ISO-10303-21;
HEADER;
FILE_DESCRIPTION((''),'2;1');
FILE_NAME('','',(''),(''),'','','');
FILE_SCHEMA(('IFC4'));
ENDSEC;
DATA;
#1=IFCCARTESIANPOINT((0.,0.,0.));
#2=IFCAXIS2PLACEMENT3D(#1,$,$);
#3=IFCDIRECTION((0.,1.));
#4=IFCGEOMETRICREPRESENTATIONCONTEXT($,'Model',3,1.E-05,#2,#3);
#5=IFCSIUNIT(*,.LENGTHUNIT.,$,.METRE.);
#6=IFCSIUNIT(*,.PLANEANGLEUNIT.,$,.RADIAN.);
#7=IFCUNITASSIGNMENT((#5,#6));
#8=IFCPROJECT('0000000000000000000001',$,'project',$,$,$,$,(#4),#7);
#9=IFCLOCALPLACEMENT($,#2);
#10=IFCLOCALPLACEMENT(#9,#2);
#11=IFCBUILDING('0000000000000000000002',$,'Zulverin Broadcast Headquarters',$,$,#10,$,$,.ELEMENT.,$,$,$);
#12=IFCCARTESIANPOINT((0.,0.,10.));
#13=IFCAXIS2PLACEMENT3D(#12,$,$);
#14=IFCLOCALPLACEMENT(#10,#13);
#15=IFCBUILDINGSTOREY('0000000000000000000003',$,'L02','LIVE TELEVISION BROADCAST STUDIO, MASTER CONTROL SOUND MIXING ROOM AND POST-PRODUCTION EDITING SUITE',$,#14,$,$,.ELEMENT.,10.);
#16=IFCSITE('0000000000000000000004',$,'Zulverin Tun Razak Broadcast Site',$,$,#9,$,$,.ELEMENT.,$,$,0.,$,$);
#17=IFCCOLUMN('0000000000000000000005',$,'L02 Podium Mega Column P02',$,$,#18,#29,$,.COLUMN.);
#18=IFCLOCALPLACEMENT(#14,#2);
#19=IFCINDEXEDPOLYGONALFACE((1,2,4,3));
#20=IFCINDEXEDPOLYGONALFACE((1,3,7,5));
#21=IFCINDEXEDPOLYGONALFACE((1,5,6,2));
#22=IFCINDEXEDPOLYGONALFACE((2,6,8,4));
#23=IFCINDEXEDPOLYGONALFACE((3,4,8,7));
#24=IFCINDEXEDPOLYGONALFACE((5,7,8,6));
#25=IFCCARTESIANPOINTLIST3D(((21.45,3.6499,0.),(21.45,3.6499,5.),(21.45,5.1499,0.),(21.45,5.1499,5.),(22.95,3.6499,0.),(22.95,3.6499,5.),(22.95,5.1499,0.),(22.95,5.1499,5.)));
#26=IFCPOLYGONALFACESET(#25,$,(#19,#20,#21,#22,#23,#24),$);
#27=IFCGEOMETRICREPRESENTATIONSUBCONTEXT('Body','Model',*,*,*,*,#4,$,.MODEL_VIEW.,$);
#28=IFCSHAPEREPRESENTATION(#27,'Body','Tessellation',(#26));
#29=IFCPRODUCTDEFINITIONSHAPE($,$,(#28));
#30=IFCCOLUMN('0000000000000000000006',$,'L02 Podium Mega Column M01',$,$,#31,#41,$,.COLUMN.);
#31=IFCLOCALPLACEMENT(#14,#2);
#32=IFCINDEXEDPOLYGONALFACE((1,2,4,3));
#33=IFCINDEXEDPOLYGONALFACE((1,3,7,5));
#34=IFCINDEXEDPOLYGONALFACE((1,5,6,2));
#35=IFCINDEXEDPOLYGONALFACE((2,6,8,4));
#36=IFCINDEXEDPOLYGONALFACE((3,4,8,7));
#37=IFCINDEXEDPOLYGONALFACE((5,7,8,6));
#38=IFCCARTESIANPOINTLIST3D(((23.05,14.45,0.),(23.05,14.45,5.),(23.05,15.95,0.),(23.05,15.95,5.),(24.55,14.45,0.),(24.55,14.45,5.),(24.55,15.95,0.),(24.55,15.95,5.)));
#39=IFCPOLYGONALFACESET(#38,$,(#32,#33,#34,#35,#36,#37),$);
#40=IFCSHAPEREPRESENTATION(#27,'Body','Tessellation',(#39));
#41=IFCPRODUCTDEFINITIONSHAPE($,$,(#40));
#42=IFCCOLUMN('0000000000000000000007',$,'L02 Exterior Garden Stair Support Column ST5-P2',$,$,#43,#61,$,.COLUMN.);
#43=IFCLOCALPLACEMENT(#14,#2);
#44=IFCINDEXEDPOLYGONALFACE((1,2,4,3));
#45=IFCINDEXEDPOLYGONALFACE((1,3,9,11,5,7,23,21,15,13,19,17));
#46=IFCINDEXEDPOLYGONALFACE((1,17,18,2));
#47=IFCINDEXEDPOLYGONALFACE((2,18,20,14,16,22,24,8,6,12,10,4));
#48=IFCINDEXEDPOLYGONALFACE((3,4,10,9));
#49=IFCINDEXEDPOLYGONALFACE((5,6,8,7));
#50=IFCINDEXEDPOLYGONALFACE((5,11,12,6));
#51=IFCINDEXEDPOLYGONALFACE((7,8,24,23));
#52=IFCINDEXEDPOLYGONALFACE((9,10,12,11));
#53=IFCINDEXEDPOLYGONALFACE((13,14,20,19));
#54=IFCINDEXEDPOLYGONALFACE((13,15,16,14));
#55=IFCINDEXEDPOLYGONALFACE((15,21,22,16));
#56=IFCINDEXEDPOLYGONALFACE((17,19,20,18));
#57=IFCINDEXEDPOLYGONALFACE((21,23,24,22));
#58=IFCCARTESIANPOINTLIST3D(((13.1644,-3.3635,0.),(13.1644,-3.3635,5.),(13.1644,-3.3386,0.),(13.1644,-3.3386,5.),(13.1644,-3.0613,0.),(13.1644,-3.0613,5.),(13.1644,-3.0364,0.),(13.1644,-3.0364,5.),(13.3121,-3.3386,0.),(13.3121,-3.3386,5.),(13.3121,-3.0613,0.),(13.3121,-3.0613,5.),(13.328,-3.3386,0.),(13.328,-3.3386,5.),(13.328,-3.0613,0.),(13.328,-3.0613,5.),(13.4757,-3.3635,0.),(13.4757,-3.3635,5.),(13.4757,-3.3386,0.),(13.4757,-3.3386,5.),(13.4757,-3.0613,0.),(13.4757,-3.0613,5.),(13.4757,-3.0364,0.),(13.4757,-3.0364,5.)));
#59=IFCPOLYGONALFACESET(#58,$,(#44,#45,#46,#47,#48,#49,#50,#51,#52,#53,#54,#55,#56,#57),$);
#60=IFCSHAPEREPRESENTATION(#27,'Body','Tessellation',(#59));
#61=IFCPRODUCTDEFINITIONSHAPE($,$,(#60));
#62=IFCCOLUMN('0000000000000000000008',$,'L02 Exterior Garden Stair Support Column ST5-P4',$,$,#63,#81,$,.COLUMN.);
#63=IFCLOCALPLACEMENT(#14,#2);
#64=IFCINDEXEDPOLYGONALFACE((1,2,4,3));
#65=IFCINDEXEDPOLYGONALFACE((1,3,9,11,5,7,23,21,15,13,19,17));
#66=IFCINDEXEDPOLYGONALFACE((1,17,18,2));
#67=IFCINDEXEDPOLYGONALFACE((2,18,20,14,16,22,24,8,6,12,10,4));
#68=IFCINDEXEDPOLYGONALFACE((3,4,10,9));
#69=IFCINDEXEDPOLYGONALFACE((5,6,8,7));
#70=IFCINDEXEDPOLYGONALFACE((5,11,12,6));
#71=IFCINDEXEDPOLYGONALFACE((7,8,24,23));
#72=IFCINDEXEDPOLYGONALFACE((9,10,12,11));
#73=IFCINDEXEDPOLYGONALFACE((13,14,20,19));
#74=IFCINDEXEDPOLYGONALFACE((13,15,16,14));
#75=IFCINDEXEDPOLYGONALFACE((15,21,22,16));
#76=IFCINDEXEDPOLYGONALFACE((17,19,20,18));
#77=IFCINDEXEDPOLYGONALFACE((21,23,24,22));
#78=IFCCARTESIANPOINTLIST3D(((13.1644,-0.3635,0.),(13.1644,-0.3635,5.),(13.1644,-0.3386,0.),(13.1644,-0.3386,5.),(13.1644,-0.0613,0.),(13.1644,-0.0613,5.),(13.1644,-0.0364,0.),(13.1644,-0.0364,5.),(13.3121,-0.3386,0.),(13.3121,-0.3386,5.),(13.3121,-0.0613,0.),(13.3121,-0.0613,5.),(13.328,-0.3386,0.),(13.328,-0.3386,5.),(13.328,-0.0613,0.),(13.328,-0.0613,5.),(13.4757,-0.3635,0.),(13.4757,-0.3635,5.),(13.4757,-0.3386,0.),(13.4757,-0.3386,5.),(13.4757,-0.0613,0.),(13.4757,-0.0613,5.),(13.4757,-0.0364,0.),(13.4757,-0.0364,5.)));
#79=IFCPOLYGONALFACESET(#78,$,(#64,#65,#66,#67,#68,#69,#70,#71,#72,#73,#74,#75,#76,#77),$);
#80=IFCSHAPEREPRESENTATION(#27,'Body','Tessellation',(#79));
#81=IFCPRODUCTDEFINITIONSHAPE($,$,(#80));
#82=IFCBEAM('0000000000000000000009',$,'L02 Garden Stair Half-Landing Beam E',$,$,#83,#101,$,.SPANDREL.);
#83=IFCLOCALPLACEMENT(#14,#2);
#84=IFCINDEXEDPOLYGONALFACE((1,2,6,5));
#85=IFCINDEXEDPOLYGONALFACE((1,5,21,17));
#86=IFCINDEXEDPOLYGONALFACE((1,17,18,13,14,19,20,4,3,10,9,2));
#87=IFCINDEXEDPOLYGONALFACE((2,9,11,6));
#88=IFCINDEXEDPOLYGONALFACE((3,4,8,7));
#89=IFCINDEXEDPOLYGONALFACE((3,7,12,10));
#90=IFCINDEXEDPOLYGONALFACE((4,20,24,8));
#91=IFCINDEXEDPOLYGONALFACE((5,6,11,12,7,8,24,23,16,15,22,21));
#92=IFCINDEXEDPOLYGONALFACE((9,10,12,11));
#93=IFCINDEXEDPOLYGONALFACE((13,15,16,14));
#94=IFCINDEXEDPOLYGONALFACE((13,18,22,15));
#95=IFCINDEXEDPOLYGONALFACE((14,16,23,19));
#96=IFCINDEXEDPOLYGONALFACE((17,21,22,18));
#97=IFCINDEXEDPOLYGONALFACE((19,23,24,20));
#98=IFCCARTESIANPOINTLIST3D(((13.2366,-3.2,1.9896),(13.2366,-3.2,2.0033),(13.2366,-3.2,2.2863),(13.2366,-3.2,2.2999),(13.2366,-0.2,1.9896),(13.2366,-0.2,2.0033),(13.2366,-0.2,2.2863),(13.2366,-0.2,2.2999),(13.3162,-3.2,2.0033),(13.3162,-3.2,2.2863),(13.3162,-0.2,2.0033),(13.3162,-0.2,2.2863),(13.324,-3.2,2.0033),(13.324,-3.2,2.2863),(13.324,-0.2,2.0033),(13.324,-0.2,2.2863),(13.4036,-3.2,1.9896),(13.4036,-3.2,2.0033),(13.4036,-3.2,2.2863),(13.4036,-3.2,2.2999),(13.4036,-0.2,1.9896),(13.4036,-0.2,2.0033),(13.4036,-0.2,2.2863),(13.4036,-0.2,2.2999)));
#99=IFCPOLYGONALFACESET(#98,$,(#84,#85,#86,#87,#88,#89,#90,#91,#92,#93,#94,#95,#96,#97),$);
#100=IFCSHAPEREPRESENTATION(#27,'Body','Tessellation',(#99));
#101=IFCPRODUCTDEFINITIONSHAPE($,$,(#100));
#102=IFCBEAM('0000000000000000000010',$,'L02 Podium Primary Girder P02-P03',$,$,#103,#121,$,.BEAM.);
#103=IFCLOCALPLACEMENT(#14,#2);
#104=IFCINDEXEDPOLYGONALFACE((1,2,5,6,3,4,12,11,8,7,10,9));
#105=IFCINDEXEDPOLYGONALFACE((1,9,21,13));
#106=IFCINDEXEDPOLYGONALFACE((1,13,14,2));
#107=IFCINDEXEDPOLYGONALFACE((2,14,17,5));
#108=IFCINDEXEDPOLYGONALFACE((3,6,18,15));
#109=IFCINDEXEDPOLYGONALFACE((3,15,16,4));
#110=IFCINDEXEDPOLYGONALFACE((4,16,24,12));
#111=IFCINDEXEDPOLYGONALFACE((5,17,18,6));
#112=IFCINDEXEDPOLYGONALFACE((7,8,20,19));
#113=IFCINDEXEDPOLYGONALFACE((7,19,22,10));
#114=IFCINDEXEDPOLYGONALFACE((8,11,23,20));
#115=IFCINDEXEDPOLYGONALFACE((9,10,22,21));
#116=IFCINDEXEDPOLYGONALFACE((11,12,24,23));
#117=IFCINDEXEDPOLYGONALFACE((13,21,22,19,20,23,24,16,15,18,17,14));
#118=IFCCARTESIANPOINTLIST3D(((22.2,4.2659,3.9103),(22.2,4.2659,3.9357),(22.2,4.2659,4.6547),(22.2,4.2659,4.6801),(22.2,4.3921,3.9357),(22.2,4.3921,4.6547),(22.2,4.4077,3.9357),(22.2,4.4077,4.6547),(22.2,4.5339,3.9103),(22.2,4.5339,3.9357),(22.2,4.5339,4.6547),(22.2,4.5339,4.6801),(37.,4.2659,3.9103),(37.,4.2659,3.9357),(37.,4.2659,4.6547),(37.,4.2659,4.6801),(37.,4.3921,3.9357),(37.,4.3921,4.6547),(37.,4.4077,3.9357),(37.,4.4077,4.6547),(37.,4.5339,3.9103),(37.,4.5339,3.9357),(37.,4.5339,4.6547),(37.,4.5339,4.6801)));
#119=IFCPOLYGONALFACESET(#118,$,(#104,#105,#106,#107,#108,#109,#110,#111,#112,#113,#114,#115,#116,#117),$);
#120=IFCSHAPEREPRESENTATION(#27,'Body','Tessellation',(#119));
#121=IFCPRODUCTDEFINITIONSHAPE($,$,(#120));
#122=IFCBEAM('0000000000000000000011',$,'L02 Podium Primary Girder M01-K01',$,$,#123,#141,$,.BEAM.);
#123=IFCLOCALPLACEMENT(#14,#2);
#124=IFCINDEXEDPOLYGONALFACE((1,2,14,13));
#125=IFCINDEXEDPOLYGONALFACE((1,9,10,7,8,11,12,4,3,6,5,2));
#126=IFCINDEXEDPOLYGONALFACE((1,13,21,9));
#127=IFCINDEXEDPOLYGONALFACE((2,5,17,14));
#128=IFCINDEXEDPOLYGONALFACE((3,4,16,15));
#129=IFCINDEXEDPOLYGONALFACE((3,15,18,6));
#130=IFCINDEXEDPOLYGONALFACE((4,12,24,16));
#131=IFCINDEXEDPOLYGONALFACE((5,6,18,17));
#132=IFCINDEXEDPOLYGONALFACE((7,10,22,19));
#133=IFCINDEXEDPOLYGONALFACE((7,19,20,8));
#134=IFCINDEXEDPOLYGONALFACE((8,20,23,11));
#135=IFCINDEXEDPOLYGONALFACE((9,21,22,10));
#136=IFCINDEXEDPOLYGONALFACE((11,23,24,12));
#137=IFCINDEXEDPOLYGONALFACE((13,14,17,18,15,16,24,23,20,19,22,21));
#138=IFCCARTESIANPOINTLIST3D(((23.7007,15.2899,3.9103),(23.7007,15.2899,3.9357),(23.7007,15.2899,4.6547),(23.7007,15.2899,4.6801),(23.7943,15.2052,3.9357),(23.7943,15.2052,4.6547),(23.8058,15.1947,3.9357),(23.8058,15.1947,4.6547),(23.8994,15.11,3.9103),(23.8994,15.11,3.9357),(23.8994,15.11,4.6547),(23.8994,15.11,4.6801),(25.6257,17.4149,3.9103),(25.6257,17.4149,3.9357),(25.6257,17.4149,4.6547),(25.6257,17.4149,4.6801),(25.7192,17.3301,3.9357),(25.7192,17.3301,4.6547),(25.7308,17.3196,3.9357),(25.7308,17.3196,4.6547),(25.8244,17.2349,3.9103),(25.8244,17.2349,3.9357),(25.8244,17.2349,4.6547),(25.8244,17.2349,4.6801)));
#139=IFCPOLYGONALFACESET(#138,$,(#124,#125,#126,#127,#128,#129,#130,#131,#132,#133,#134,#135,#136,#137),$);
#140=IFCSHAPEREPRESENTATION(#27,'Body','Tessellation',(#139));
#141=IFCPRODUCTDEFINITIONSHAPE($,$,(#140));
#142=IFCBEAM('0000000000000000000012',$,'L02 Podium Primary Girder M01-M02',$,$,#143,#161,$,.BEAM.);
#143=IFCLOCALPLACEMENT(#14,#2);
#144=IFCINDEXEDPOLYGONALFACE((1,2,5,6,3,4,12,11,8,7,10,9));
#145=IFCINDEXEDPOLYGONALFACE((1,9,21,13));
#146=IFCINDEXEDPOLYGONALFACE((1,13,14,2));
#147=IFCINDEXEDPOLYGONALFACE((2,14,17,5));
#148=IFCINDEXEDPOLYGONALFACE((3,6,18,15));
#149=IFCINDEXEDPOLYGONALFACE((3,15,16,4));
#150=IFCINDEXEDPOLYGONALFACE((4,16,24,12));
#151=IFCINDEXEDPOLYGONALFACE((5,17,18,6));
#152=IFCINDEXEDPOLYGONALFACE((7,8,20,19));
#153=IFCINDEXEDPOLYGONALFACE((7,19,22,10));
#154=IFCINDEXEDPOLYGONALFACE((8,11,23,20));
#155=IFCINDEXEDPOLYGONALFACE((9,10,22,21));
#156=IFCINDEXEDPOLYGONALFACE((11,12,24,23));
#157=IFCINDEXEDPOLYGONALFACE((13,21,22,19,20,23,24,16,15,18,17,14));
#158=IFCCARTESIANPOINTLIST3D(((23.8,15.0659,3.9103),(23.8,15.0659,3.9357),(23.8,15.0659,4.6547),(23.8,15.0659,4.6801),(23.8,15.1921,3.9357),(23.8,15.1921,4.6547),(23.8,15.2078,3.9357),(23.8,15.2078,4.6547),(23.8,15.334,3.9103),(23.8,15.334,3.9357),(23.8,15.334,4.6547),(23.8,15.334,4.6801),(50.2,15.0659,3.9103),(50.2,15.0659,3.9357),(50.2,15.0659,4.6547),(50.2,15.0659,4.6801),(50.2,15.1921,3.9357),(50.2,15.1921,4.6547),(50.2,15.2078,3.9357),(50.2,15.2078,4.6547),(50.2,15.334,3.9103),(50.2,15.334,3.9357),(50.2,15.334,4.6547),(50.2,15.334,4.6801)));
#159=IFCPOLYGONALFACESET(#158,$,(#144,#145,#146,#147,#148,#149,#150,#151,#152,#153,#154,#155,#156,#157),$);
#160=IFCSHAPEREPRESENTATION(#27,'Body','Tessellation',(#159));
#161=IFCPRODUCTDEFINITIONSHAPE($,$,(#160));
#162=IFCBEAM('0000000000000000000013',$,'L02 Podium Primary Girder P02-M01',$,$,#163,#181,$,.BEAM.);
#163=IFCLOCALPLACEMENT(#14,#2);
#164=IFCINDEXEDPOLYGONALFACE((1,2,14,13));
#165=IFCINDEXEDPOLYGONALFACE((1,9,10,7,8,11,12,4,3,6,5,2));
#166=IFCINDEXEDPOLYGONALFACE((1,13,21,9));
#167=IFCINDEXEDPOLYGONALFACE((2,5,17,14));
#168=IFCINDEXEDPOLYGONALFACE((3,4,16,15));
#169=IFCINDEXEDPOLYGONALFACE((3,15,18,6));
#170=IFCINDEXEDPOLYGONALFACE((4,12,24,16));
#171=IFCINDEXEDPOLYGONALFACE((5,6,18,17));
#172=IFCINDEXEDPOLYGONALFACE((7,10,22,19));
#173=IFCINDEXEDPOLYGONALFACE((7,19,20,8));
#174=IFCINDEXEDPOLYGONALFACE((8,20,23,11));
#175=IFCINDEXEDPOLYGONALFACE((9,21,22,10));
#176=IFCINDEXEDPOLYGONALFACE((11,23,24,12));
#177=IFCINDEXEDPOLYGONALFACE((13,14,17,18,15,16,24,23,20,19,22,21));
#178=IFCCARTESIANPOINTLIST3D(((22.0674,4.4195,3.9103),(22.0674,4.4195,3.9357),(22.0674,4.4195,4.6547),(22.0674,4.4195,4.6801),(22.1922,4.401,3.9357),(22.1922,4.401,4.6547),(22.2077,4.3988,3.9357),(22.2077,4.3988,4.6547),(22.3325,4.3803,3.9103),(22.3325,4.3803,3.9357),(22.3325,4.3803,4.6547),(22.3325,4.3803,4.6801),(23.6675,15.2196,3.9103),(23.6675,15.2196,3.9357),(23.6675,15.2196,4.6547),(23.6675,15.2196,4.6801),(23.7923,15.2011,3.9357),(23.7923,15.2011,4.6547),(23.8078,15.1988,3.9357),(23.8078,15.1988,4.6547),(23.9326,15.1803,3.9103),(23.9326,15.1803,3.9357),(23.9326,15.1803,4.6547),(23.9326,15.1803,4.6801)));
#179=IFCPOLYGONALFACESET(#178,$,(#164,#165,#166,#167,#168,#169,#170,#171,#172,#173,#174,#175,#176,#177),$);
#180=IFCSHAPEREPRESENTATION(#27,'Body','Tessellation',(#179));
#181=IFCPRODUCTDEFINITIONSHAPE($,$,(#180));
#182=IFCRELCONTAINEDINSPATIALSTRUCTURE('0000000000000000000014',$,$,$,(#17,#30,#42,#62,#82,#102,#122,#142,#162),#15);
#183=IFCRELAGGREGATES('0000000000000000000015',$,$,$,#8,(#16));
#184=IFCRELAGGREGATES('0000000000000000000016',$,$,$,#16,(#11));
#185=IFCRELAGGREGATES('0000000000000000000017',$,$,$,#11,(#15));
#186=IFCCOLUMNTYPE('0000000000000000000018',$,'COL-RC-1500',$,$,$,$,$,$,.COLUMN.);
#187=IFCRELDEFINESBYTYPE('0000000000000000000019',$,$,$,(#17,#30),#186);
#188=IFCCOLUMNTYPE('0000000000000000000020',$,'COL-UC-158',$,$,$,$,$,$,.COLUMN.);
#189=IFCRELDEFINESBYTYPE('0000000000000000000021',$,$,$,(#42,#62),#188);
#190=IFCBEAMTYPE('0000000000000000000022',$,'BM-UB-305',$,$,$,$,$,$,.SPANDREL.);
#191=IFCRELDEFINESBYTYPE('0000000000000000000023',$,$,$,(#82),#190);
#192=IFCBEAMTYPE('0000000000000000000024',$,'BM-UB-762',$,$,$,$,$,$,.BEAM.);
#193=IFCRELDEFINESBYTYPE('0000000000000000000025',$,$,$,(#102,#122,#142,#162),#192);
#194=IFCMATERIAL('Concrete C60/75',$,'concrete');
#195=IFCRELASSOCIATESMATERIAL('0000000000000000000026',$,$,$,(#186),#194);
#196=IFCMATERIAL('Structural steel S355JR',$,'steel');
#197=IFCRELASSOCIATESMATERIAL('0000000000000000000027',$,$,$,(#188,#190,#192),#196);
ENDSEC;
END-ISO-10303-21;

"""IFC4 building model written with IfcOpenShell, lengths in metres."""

from ifc_helpers import new_model, si_unit, direction, frame, origin, origin_2d, place, context, subcontext, project, spatial, rectangle, i_section, extrude, material, material_profile, profile_set, type_object, element, save


model = new_model("IFC4")

# Units and contexts
model_context = context("Model", 3, precision=1e-05, world=origin(), true_north=direction((0.0, 1.0)))
body_context = subcontext(model_context, "Body", "Model", "MODEL_VIEW")
ifc_project = project(units=[si_unit("LENGTHUNIT", "METRE"), si_unit("PLANEANGLEUNIT", "RADIAN")], contexts=[model_context])

# Site, building, storey
site_placement = place(None, origin())
site = spatial("IfcSite", under=ifc_project, at=site_placement, Name="Zulverin Tun Razak Broadcast Site", CompositionType="ELEMENT", RefElevation=0.0)
building_placement = place(site_placement, origin())
building = spatial("IfcBuilding", under=site, at=building_placement, Name="Zulverin Broadcast Headquarters", CompositionType="ELEMENT")
storey_placement = place(building_placement, frame((0.0, 0.0, 10.0)))
storey = spatial("IfcBuildingStorey", under=building, at=storey_placement, Name="L02", Description="LIVE TELEVISION BROADCAST STUDIO, MASTER CONTROL SOUND MIXING ROOM AND POST-PRODUCTION EDITING SUITE", CompositionType="ELEMENT", Elevation=10.0)

# Columns
ifc_material_1 = material(Name="Concrete C60/75", Category="concrete")
ifc_material_profile_1 = material_profile(ifc_material_1, rectangle(XDim=1.5, YDim=1.5, at=origin_2d()), Name="Concrete C60/75", Category="concrete")
ifc_profile_set_1 = profile_set([ifc_material_profile_1], Name="Concrete C60/75")
column_type_1 = type_object("IfcColumnType", Name="COL-RC-1500", PredefinedType="COLUMN", material=ifc_profile_set_1)
for number, where, z_axis, x_axis, name in (
    (1, (22.2, 4.3999, 0.0), (0.0, 0.0, 1.0), (1.0, 0.0, 0.0), "L02 Podium Mega Column P02"),
    (2, (23.8, 15.2, 0.0), (0.0, 0.0, 1.0), (1.0, 0.0, 0.0), "L02 Podium Mega Column M01"),
):
    element("IfcColumn", number, at=place(storey_placement, frame(where, z_axis=z_axis, x_axis=x_axis)), inside=storey, type_object=column_type_1, Name=name, PredefinedType="COLUMN", context=body_context, shape_type="SweptSolid", body=[
        extrude(rectangle(XDim=1.5, YDim=1.5, at=origin_2d()), origin(), (0.0, 0.0, 1.0), 5.0),
    ])
ifc_material_2 = material(Name="Structural steel S355JR", Category="steel")
ifc_material_profile_2 = material_profile(ifc_material_2, i_section(OverallWidth=0.3113, OverallDepth=0.3271, WebThickness=0.0159, FlangeThickness=0.0249, at=origin_2d()), Name="Structural steel S355JR", Category="steel")
ifc_profile_set_2 = profile_set([ifc_material_profile_2], Name="Structural steel S355JR")
column_type_2 = type_object("IfcColumnType", Name="COL-UC-158", PredefinedType="COLUMN", material=ifc_profile_set_2)
for number, where, z_axis, x_axis, name in (
    (3, (13.3201, -3.2, 0.0), (0.0, 0.0, 1.0), (1.0, 0.0, 0.0), "L02 Exterior Garden Stair Support Column ST5-P2"),
    (4, (13.3201, -0.2, 0.0), (0.0, 0.0, 1.0), (1.0, 0.0, 0.0), "L02 Exterior Garden Stair Support Column ST5-P4"),
):
    element("IfcColumn", number, at=place(storey_placement, frame(where, z_axis=z_axis, x_axis=x_axis)), inside=storey, type_object=column_type_2, Name=name, PredefinedType="COLUMN", context=body_context, shape_type="SweptSolid", body=[
        extrude(i_section(OverallWidth=0.3113, OverallDepth=0.3271, WebThickness=0.0159, FlangeThickness=0.0249, at=origin_2d()), origin(), (0.0, 0.0, 1.0), 5.0),
    ])

# Beams
ifc_material_profile_3 = material_profile(ifc_material_2, i_section(OverallWidth=0.167, OverallDepth=0.3103, WebThickness=0.0078, FlangeThickness=0.0137, at=origin_2d()), Name="Structural steel S355JR", Category="steel")
ifc_profile_set_3 = profile_set([ifc_material_profile_3], Name="Structural steel S355JR")
beam_type_1 = type_object("IfcBeamType", Name="BM-UB-305", PredefinedType="SPANDREL", material=ifc_profile_set_3)
beam_1_placement = place(storey_placement, frame((13.3201, -3.2, 2.1448), z_axis=(0.0, 1.0, 0.0), x_axis=(-1.0, 0.0, 0.0)))
element("IfcBeam", 5, at=beam_1_placement, inside=storey, type_object=beam_type_1, Name="L02 Garden Stair Half-Landing Beam E", PredefinedType="SPANDREL", context=body_context, shape_type="SweptSolid", body=[
    extrude(i_section(OverallWidth=0.167, OverallDepth=0.3103, WebThickness=0.0078, FlangeThickness=0.0137, at=origin_2d()), origin(), (0.0, 0.0, 1.0), 3.0),
])
ifc_material_profile_4 = material_profile(ifc_material_2, i_section(OverallWidth=0.2681, OverallDepth=0.7698, WebThickness=0.0156, FlangeThickness=0.0254, at=origin_2d()), Name="Structural steel S355JR", Category="steel")
ifc_profile_set_4 = profile_set([ifc_material_profile_4], Name="Structural steel S355JR")
beam_type_2 = type_object("IfcBeamType", Name="BM-UB-762", PredefinedType="BEAM", material=ifc_profile_set_4)
beam_2_placement = place(storey_placement, frame((22.2, 4.3999, 4.2952), z_axis=(1.0, 0.0, 0.0), x_axis=(0.0, 1.0, 0.0)))
element("IfcBeam", 6, at=beam_2_placement, inside=storey, type_object=beam_type_2, Name="L02 Podium Primary Girder P02-P03", PredefinedType="BEAM", context=body_context, shape_type="SweptSolid", body=[
    extrude(i_section(OverallWidth=0.2681, OverallDepth=0.7698, WebThickness=0.0156, FlangeThickness=0.0254, at=origin_2d()), origin(), (0.0, 0.0, 1.0), 14.8),
])
beam_3_placement = place(storey_placement, frame((23.8, 15.2, 4.2952), z_axis=(0.671379, 0.741114, 0.0), x_axis=(-0.741114, 0.671379, 0.0)))
element("IfcBeam", 7, at=beam_3_placement, inside=storey, type_object=beam_type_2, Name="L02 Podium Primary Girder M01-K01", PredefinedType="BEAM", context=body_context, shape_type="SweptSolid", body=[
    extrude(i_section(OverallWidth=0.2681, OverallDepth=0.7698, WebThickness=0.0156, FlangeThickness=0.0254, at=origin_2d()), origin(), (0.0, 0.0, 1.0), 2.8672),
])
beam_4_placement = place(storey_placement, frame((23.8, 15.2, 4.2952), z_axis=(1.0, 0.0, 0.0), x_axis=(0.0, 1.0, 0.0)))
element("IfcBeam", 8, at=beam_4_placement, inside=storey, type_object=beam_type_2, Name="L02 Podium Primary Girder M01-M02", PredefinedType="BEAM", context=body_context, shape_type="SweptSolid", body=[
    extrude(i_section(OverallWidth=0.2681, OverallDepth=0.7698, WebThickness=0.0156, FlangeThickness=0.0254, at=origin_2d()), origin(), (0.0, 0.0, 1.0), 26.3999),
])
beam_5_placement = place(storey_placement, frame((22.2, 4.3999, 4.2952), z_axis=(0.146557, 0.989202, 0.0), x_axis=(-0.989202, 0.146557, 0.0)))
element("IfcBeam", 9, at=beam_5_placement, inside=storey, type_object=beam_type_2, Name="L02 Podium Primary Girder P02-M01", PredefinedType="BEAM", context=body_context, shape_type="SweptSolid", body=[
    extrude(i_section(OverallWidth=0.2681, OverallDepth=0.7698, WebThickness=0.0156, FlangeThickness=0.0254, at=origin_2d()), origin(), (0.0, 0.0, 1.0), 10.918),
])

save(model, "model.ifc")
